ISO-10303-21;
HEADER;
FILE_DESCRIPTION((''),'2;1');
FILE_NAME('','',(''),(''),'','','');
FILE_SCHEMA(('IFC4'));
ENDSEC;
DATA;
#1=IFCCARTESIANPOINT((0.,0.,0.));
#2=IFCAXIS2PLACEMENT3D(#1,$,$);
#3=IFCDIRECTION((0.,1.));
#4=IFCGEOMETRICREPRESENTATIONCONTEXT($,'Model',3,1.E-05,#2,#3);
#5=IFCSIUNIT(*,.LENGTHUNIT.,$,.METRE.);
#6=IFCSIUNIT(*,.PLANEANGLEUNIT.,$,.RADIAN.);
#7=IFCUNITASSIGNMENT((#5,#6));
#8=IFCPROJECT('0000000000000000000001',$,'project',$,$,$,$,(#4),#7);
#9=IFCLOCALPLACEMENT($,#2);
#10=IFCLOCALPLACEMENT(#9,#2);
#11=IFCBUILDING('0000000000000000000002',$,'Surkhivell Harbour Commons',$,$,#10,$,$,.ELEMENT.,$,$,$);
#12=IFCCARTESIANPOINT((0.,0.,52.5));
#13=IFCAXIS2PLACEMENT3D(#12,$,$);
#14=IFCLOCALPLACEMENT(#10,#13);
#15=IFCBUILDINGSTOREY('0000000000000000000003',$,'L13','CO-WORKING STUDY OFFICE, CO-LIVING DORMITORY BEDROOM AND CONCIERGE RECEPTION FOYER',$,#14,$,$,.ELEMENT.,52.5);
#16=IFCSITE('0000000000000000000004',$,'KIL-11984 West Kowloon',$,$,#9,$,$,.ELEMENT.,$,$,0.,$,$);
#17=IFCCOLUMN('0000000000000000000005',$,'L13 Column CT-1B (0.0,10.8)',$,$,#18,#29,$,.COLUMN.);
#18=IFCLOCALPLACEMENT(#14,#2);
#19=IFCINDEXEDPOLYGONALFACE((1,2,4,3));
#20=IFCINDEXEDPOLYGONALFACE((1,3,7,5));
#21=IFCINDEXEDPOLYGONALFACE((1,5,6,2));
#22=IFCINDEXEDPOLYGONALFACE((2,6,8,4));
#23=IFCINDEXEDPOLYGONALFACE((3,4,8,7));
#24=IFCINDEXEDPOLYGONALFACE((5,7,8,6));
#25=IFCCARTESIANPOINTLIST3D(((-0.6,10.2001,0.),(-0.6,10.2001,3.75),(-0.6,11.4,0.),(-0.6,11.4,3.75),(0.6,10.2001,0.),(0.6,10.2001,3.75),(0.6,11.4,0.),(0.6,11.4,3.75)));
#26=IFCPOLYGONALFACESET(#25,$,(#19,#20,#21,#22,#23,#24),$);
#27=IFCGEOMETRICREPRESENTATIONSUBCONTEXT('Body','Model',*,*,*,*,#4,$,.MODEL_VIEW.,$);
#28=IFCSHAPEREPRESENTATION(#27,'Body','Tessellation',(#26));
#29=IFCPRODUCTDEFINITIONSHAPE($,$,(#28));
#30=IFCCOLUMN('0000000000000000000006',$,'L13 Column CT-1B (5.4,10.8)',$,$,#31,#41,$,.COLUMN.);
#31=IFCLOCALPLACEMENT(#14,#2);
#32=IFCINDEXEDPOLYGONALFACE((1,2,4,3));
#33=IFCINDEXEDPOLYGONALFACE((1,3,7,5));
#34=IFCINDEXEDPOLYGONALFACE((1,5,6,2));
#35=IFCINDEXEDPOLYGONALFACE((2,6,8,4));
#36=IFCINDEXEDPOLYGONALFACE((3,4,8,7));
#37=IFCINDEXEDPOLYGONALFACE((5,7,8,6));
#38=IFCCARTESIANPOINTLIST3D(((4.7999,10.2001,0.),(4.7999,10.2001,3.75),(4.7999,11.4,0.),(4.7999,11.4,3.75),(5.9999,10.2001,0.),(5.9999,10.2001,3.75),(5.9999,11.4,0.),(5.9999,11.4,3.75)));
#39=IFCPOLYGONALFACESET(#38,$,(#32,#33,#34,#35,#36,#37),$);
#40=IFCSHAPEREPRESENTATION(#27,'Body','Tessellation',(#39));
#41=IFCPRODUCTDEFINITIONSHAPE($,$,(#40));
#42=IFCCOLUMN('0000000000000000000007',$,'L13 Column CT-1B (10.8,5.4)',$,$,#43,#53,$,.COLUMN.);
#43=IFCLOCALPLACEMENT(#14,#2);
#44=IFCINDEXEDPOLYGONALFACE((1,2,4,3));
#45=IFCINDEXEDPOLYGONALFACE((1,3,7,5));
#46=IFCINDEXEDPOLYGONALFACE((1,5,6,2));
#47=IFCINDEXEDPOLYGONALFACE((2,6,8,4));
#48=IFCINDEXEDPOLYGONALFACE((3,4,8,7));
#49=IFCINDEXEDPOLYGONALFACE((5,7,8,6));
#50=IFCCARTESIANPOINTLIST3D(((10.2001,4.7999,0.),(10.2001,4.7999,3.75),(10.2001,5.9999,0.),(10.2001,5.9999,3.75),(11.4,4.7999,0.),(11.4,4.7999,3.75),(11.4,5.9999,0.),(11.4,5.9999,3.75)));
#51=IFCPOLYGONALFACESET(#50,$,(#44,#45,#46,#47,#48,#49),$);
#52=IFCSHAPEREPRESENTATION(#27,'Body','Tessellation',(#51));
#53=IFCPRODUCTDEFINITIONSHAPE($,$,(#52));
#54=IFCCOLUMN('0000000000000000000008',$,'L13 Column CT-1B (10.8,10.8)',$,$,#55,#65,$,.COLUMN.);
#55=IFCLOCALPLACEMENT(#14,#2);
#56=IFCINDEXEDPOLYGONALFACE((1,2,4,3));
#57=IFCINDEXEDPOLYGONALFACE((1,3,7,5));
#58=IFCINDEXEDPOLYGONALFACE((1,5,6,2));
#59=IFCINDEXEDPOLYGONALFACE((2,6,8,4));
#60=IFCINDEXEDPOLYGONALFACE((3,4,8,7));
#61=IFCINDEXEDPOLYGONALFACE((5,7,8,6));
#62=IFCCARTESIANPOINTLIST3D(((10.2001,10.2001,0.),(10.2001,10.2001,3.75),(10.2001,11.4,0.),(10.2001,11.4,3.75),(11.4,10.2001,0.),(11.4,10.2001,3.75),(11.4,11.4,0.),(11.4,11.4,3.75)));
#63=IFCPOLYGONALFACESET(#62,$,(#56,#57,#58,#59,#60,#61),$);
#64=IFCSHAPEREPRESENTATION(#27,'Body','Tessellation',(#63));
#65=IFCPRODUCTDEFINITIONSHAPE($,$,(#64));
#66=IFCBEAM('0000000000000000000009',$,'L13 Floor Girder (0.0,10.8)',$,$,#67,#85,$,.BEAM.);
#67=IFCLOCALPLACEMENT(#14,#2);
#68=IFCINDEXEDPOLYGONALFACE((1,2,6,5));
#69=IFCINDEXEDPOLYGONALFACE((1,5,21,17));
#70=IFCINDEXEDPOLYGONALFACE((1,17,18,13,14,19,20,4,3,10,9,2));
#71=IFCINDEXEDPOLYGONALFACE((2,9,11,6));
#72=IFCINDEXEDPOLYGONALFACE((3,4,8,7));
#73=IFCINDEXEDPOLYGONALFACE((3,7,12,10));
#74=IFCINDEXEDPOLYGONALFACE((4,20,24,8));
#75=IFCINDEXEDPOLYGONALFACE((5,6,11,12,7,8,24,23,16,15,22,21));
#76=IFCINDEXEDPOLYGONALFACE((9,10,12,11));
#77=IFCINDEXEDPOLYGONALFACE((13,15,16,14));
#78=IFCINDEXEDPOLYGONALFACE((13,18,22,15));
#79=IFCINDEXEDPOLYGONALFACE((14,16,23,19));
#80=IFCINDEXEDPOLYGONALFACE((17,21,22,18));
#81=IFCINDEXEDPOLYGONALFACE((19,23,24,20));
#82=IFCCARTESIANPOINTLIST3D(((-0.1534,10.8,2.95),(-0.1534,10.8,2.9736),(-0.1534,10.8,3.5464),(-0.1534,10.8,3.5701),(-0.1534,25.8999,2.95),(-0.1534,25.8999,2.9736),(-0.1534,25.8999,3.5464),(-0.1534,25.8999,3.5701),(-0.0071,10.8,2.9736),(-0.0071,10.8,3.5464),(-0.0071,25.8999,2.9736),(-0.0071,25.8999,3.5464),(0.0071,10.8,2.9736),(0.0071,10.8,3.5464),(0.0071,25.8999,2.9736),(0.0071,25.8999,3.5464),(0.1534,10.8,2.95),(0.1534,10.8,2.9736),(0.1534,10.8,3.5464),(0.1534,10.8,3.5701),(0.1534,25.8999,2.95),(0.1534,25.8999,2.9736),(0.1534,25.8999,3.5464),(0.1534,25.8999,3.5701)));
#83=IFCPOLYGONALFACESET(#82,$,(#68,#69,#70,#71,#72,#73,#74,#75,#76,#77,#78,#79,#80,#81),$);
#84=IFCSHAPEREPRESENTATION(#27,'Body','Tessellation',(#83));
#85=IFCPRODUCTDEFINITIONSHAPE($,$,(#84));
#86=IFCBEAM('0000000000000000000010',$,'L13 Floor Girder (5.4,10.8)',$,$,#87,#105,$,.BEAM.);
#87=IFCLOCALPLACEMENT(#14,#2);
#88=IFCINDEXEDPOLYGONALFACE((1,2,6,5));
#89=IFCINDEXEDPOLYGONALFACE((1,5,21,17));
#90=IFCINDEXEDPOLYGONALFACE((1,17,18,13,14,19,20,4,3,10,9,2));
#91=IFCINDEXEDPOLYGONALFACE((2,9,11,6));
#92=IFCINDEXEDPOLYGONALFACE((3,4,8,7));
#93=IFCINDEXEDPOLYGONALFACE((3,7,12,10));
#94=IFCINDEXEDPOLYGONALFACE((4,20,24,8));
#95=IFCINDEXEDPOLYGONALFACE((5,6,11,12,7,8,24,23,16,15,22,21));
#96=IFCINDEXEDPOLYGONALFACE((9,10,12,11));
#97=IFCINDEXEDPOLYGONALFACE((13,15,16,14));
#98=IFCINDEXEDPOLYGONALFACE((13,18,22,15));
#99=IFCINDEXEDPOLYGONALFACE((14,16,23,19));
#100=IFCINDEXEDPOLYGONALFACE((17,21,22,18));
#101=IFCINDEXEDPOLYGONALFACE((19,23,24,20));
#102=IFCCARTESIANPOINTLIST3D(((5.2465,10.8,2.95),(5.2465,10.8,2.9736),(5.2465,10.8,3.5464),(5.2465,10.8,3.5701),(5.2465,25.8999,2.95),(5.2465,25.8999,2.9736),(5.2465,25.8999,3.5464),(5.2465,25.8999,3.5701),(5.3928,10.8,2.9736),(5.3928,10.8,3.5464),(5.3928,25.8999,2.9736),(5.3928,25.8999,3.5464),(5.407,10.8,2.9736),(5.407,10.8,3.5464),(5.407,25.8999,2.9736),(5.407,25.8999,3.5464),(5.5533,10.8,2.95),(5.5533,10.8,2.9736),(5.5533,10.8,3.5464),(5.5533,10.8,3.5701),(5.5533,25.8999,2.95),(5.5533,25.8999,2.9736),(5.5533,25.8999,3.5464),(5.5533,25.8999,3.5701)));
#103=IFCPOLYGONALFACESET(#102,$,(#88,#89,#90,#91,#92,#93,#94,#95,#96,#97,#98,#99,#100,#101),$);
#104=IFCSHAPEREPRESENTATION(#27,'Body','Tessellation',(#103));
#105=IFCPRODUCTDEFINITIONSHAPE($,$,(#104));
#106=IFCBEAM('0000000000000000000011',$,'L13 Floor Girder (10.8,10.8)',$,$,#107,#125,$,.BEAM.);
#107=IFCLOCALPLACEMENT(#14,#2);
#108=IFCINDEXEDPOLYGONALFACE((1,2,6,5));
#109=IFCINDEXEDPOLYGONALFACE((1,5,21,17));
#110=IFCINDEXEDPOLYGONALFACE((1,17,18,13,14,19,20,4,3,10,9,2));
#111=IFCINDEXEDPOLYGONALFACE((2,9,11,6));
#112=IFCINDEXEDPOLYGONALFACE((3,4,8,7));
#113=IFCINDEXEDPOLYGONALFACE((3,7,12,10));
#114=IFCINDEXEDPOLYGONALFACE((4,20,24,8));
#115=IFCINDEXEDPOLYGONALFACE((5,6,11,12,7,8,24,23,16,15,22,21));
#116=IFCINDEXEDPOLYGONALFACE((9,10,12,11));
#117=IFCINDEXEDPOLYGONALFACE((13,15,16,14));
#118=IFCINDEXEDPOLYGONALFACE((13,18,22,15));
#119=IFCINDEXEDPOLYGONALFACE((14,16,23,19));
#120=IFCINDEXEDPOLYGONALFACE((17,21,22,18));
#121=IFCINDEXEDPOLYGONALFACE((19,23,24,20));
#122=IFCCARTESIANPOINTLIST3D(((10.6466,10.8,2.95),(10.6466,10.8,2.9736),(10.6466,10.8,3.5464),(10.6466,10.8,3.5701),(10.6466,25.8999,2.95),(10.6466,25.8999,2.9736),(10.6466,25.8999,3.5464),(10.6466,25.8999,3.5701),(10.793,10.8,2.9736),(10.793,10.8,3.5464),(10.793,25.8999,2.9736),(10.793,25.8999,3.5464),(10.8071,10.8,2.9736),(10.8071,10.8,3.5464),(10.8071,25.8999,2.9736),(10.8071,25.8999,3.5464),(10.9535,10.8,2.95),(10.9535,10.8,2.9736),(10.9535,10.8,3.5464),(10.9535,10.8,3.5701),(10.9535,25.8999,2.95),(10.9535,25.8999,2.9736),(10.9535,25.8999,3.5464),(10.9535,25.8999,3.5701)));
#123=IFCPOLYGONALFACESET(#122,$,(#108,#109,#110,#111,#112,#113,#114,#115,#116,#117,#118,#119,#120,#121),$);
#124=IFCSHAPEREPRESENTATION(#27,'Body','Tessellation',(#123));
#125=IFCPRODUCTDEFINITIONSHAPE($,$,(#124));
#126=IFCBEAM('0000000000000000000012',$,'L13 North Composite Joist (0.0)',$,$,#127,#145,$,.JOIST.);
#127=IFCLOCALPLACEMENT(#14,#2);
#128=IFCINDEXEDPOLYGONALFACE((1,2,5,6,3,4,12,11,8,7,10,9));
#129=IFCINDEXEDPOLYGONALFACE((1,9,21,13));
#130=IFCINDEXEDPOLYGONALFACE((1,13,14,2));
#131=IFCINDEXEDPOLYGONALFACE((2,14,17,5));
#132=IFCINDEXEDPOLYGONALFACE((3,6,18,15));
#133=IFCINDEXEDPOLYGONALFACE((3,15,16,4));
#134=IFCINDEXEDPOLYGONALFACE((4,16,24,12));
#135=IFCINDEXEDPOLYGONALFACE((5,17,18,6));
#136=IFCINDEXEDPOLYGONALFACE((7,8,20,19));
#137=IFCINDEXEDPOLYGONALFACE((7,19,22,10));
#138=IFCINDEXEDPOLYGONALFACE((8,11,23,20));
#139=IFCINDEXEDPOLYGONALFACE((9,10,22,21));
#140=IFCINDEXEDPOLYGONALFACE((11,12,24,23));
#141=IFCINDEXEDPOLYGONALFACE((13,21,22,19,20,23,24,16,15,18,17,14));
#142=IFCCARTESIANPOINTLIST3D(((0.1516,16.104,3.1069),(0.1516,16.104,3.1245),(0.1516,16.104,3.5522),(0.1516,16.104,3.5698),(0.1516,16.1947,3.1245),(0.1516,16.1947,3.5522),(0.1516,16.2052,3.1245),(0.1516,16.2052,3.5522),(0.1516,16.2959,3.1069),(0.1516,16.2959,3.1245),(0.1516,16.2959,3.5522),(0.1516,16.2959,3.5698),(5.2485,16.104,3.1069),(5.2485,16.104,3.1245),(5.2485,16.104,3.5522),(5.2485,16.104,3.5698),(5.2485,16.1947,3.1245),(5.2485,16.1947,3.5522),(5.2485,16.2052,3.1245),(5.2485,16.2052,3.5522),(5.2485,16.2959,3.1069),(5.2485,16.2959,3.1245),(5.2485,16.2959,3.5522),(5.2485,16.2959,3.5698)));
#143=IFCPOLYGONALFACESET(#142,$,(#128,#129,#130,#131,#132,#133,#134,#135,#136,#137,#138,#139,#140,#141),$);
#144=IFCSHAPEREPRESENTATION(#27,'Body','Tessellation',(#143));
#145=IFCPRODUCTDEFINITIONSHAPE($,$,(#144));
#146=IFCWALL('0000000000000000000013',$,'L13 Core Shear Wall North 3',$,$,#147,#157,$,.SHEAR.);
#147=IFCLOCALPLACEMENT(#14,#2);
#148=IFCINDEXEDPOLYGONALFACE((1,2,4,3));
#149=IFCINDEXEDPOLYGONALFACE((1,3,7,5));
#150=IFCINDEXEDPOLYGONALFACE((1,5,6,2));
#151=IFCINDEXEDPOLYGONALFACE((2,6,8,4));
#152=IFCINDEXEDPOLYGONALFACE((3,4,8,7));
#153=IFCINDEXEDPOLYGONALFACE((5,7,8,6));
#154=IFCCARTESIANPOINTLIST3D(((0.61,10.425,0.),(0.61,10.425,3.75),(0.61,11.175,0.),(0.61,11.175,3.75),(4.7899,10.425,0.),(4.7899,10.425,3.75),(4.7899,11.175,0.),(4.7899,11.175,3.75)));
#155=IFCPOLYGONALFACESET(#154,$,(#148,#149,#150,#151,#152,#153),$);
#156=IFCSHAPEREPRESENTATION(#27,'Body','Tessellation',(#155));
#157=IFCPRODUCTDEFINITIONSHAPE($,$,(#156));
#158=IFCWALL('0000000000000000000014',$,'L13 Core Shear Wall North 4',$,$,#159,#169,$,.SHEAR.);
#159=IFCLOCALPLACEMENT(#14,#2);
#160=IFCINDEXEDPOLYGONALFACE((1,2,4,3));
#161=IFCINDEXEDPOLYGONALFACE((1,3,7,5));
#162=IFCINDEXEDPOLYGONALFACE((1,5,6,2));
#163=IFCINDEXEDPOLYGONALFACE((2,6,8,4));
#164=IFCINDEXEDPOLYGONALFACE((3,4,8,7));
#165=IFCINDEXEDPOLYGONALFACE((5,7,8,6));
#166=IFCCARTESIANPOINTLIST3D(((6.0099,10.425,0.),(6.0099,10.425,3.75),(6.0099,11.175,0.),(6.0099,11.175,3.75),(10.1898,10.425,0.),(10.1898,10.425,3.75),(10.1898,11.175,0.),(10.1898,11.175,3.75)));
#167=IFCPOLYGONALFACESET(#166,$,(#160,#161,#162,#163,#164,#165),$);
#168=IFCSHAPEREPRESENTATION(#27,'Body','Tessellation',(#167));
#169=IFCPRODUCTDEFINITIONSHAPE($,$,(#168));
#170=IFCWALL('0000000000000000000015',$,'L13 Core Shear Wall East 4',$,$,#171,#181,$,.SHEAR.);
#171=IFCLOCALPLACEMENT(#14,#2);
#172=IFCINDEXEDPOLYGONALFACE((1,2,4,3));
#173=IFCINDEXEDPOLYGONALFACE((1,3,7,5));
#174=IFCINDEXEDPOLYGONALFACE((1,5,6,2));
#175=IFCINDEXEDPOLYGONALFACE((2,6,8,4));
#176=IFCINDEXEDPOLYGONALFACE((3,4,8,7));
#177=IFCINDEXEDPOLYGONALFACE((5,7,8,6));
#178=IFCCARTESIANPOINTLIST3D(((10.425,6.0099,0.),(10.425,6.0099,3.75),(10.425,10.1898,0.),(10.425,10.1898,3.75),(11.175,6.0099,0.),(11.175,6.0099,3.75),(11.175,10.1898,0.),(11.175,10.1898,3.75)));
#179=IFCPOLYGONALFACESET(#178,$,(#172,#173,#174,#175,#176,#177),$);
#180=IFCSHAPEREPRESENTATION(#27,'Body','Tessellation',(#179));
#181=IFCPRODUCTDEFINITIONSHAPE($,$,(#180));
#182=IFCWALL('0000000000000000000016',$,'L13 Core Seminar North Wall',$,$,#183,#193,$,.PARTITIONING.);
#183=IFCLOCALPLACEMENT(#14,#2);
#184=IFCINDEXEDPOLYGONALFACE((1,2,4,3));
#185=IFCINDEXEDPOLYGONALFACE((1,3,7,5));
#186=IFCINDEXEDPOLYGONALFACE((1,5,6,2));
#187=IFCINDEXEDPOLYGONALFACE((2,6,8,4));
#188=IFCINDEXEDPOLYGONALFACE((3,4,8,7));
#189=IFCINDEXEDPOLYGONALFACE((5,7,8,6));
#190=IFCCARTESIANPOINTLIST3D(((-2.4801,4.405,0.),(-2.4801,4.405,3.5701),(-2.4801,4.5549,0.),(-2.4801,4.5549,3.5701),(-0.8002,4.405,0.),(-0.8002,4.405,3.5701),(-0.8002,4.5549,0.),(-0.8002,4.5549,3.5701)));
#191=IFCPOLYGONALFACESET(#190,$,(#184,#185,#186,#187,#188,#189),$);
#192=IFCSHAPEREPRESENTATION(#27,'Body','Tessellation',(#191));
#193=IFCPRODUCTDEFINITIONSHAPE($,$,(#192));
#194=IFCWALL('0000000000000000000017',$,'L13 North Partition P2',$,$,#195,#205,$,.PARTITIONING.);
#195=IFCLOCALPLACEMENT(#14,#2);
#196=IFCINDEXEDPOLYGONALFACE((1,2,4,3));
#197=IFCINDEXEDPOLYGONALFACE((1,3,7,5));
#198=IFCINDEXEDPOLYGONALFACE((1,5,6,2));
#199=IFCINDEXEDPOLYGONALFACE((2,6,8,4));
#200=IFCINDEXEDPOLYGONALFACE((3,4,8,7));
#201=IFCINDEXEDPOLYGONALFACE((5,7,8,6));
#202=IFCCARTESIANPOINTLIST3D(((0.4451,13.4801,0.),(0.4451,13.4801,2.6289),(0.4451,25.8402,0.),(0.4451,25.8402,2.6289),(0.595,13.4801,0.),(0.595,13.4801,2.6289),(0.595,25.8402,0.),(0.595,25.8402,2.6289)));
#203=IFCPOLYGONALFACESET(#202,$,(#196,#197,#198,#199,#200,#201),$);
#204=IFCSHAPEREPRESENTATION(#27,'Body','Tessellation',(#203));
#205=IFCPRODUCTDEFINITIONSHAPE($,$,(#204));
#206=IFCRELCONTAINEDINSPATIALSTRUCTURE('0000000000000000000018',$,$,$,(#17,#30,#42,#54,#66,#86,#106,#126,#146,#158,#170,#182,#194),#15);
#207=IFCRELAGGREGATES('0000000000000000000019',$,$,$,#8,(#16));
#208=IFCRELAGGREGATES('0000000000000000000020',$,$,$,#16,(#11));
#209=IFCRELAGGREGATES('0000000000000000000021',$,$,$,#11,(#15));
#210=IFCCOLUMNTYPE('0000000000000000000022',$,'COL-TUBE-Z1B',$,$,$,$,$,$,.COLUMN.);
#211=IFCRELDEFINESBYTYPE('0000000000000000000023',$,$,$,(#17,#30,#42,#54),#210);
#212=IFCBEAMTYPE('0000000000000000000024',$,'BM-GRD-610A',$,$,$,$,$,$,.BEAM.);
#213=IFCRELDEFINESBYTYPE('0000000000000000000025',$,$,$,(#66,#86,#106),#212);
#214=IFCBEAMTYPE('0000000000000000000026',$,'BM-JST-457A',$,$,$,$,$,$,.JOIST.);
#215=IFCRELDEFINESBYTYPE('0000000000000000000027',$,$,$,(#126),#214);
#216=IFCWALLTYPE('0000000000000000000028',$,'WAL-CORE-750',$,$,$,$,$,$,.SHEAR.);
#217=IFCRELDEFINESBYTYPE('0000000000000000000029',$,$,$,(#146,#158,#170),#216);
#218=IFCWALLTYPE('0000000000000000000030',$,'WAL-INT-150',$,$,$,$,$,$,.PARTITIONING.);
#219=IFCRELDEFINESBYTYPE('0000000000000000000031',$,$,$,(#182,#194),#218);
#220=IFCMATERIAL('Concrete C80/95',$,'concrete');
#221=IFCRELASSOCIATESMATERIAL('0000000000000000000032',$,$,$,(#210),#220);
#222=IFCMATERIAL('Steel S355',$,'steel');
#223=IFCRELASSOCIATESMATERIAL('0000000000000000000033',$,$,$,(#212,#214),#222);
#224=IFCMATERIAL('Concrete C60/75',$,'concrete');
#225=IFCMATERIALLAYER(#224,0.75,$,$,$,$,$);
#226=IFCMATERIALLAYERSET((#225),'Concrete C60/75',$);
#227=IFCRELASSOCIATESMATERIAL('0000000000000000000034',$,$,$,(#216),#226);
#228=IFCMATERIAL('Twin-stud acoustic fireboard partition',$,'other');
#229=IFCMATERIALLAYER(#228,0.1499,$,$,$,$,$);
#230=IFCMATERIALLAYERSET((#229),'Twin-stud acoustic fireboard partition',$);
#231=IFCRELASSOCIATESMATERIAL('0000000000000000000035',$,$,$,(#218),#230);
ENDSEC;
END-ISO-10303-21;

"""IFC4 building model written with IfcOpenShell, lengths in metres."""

from ifc_helpers import new_model, si_unit, direction, frame, frame_2d, origin, origin_2d, place, context, subcontext, project, spatial, rectangle, i_section, extrude, material, layer, layer_set, material_profile, profile_set, type_object, element, save


model = new_model("IFC4")

# Units and contexts
model_context = context("Model", 3, precision=1e-05, world=origin(), true_north=direction((0.0, 1.0)))
body_context = subcontext(model_context, "Body", "Model", "MODEL_VIEW")
ifc_project = project(units=[si_unit("LENGTHUNIT", "METRE"), si_unit("PLANEANGLEUNIT", "RADIAN")], contexts=[model_context])

# Site, building, storey
site_placement = place(None, origin())
site = spatial("IfcSite", under=ifc_project, at=site_placement, Name="KIL-11984 West Kowloon", CompositionType="ELEMENT", RefElevation=0.0)
building_placement = place(site_placement, origin())
building = spatial("IfcBuilding", under=site, at=building_placement, Name="Surkhivell Harbour Commons", CompositionType="ELEMENT")
storey_placement = place(building_placement, frame((0.0, 0.0, 52.5)))
storey = spatial("IfcBuildingStorey", under=building, at=storey_placement, Name="L13", Description="CO-WORKING STUDY OFFICE, CO-LIVING DORMITORY BEDROOM AND CONCIERGE RECEPTION FOYER", CompositionType="ELEMENT", Elevation=52.5)

# Columns
ifc_material_1 = material(Name="Concrete C80/95", Category="concrete")
ifc_material_profile_1 = material_profile(ifc_material_1, rectangle(XDim=1.2, YDim=1.2, at=origin_2d()), Name="RC-COL-1200x1200")
ifc_profile_set_1 = profile_set([ifc_material_profile_1], Name="Concrete C80/95")
column_type = type_object("IfcColumnType", Name="COL-TUBE-Z1B", PredefinedType="COLUMN", material=ifc_profile_set_1)
for number, where, z_axis, x_axis, name in (
    (1, (0.0, 10.8, 0.0), (0.0, 0.0, 1.0), (1.0, 0.0, 0.0), "L13 Column CT-1B (0.0,10.8)"),
    (2, (5.3999, 10.8, 0.0), (0.0, 0.0, 1.0), (1.0, 0.0, 0.0), "L13 Column CT-1B (5.4,10.8)"),
    (3, (10.8, 5.3999, 0.0), (0.0, 0.0, 1.0), (1.0, 0.0, 0.0), "L13 Column CT-1B (10.8,5.4)"),
    (4, (10.8, 10.8, 0.0), (0.0, 0.0, 1.0), (1.0, 0.0, 0.0), "L13 Column CT-1B (10.8,10.8)"),
):
    element("IfcColumn", number, at=place(storey_placement, frame(where, z_axis=z_axis, x_axis=x_axis)), inside=storey, type_object=column_type, Name=name, PredefinedType="COLUMN", context=body_context, shape_type="SweptSolid", body=[
        extrude(rectangle(XDim=1.2, YDim=1.2, at=origin_2d()), origin(), (0.0, 0.0, 1.0), 3.75),
    ])

# Beams
ifc_material_2 = material(Name="Steel S355", Category="steel")
ifc_material_profile_2 = material_profile(ifc_material_2, i_section(OverallWidth=0.3069, OverallDepth=0.6201, WebThickness=0.0142, FlangeThickness=0.0237, at=origin_2d()), Name="UB610x305x179")
ifc_profile_set_2 = profile_set([ifc_material_profile_2], Name="Steel S355")
beam_type_1 = type_object("IfcBeamType", Name="BM-GRD-610A", PredefinedType="BEAM", material=ifc_profile_set_2)
for number, where, z_axis, x_axis, name in (
    (5, (0.0, 10.8, 3.26), (0.0, 1.0, 0.0), (-1.0, 0.0, 0.0), "L13 Floor Girder (0.0,10.8)"),
    (6, (5.3999, 10.8, 3.26), (0.0, 1.0, 0.0), (-1.0, 0.0, 0.0), "L13 Floor Girder (5.4,10.8)"),
    (7, (10.8, 10.8, 3.26), (0.0, 1.0, 0.0), (-1.0, 0.0, 0.0), "L13 Floor Girder (10.8,10.8)"),
):
    element("IfcBeam", number, at=place(storey_placement, frame(where, z_axis=z_axis, x_axis=x_axis)), inside=storey, type_object=beam_type_1, Name=name, PredefinedType="BEAM", context=body_context, shape_type="SweptSolid", body=[
        extrude(i_section(OverallWidth=0.3069, OverallDepth=0.6201, WebThickness=0.0142, FlangeThickness=0.0237, at=origin_2d()), origin(), (0.0, 0.0, 1.0), 15.0999),
    ])
ifc_material_profile_3 = material_profile(ifc_material_2, i_section(OverallWidth=0.1919, OverallDepth=0.4629, WebThickness=0.0105, FlangeThickness=0.0176, at=origin_2d()), Name="UB457x191x89")
ifc_profile_set_3 = profile_set([ifc_material_profile_3], Name="Steel S355")
beam_type_2 = type_object("IfcBeamType", Name="BM-JST-457A", PredefinedType="JOIST", material=ifc_profile_set_3)
beam_placement = place(storey_placement, frame((0.1516, 16.2, 3.3384), z_axis=(1.0, 0.0, 0.0), x_axis=(0.0, 1.0, 0.0)))
element("IfcBeam", 8, at=beam_placement, inside=storey, type_object=beam_type_2, Name="L13 North Composite Joist (0.0)", PredefinedType="JOIST", context=body_context, shape_type="SweptSolid", body=[
    extrude(i_section(OverallWidth=0.1919, OverallDepth=0.4629, WebThickness=0.0105, FlangeThickness=0.0176, at=origin_2d()), origin(), (0.0, 0.0, 1.0), 5.0969),
])

# Walls
ifc_material_3 = material(Name="Concrete C60/75", Category="concrete")
ifc_layer_1 = layer(ifc_material_3, 0.75)
ifc_layer_set_1 = layer_set([ifc_layer_1], Name="Concrete C60/75")
wall_type_1 = type_object("IfcWallType", Name="WAL-CORE-750", PredefinedType="SHEAR", material=ifc_layer_set_1)
for number, where, z_axis, x_axis, name in (
    (9, (0.6101, 10.8, 0.0), (0.0, 0.0, 1.0), (1.0, 0.0, 0.0), "L13 Core Shear Wall North 3"),
    (10, (6.01, 10.8, 0.0), (0.0, 0.0, 1.0), (1.0, 0.0, 0.0), "L13 Core Shear Wall North 4"),
    (11, (10.8, 6.01, 0.0), (0.0, 0.0, 1.0), (0.0, 1.0, 0.0), "L13 Core Shear Wall East 4"),
):
    element("IfcWall", number, at=place(storey_placement, frame(where, z_axis=z_axis, x_axis=x_axis)), inside=storey, type_object=wall_type_1, Name=name, PredefinedType="SHEAR", context=body_context, shape_type="SweptSolid", body=[
        extrude(rectangle(XDim=4.1799, YDim=0.75, at=frame_2d((2.0898, 0.0))), origin(), (0.0, 0.0, 1.0), 3.75),
    ])
ifc_material_4 = material(Name="Twin-stud acoustic fireboard partition", Category="other")
ifc_layer_2 = layer(ifc_material_4, 0.1499)
ifc_layer_set_2 = layer_set([ifc_layer_2], Name="Twin-stud acoustic fireboard partition")
wall_type_2 = type_object("IfcWallType", Name="WAL-INT-150", PredefinedType="PARTITIONING", material=ifc_layer_set_2)
wall_1_placement = place(storey_placement, frame((-2.48, 4.48, 0.0), z_axis=(0.0, 0.0, 1.0), x_axis=(1.0, 0.0, 0.0)))
element("IfcWall", 12, at=wall_1_placement, inside=storey, type_object=wall_type_2, Name="L13 Core Seminar North Wall", PredefinedType="PARTITIONING", context=body_context, shape_type="SweptSolid", body=[
    extrude(rectangle(XDim=1.6799, YDim=0.1499, at=frame_2d((0.8398, 0.0))), origin(), (0.0, 0.0, 1.0), 3.5701),
])
wall_2_placement = place(storey_placement, frame((0.52, 13.48, 0.0), z_axis=(0.0, 0.0, 1.0), x_axis=(0.0, 1.0, 0.0)))
element("IfcWall", 13, at=wall_2_placement, inside=storey, type_object=wall_type_2, Name="L13 North Partition P2", PredefinedType="PARTITIONING", context=body_context, shape_type="SweptSolid", body=[
    extrude(rectangle(XDim=12.3601, YDim=0.1499, at=frame_2d((6.1802, 0.0))), origin(), (0.0, 0.0, 1.0), 2.6289),
])

save(model, "model.ifc")
